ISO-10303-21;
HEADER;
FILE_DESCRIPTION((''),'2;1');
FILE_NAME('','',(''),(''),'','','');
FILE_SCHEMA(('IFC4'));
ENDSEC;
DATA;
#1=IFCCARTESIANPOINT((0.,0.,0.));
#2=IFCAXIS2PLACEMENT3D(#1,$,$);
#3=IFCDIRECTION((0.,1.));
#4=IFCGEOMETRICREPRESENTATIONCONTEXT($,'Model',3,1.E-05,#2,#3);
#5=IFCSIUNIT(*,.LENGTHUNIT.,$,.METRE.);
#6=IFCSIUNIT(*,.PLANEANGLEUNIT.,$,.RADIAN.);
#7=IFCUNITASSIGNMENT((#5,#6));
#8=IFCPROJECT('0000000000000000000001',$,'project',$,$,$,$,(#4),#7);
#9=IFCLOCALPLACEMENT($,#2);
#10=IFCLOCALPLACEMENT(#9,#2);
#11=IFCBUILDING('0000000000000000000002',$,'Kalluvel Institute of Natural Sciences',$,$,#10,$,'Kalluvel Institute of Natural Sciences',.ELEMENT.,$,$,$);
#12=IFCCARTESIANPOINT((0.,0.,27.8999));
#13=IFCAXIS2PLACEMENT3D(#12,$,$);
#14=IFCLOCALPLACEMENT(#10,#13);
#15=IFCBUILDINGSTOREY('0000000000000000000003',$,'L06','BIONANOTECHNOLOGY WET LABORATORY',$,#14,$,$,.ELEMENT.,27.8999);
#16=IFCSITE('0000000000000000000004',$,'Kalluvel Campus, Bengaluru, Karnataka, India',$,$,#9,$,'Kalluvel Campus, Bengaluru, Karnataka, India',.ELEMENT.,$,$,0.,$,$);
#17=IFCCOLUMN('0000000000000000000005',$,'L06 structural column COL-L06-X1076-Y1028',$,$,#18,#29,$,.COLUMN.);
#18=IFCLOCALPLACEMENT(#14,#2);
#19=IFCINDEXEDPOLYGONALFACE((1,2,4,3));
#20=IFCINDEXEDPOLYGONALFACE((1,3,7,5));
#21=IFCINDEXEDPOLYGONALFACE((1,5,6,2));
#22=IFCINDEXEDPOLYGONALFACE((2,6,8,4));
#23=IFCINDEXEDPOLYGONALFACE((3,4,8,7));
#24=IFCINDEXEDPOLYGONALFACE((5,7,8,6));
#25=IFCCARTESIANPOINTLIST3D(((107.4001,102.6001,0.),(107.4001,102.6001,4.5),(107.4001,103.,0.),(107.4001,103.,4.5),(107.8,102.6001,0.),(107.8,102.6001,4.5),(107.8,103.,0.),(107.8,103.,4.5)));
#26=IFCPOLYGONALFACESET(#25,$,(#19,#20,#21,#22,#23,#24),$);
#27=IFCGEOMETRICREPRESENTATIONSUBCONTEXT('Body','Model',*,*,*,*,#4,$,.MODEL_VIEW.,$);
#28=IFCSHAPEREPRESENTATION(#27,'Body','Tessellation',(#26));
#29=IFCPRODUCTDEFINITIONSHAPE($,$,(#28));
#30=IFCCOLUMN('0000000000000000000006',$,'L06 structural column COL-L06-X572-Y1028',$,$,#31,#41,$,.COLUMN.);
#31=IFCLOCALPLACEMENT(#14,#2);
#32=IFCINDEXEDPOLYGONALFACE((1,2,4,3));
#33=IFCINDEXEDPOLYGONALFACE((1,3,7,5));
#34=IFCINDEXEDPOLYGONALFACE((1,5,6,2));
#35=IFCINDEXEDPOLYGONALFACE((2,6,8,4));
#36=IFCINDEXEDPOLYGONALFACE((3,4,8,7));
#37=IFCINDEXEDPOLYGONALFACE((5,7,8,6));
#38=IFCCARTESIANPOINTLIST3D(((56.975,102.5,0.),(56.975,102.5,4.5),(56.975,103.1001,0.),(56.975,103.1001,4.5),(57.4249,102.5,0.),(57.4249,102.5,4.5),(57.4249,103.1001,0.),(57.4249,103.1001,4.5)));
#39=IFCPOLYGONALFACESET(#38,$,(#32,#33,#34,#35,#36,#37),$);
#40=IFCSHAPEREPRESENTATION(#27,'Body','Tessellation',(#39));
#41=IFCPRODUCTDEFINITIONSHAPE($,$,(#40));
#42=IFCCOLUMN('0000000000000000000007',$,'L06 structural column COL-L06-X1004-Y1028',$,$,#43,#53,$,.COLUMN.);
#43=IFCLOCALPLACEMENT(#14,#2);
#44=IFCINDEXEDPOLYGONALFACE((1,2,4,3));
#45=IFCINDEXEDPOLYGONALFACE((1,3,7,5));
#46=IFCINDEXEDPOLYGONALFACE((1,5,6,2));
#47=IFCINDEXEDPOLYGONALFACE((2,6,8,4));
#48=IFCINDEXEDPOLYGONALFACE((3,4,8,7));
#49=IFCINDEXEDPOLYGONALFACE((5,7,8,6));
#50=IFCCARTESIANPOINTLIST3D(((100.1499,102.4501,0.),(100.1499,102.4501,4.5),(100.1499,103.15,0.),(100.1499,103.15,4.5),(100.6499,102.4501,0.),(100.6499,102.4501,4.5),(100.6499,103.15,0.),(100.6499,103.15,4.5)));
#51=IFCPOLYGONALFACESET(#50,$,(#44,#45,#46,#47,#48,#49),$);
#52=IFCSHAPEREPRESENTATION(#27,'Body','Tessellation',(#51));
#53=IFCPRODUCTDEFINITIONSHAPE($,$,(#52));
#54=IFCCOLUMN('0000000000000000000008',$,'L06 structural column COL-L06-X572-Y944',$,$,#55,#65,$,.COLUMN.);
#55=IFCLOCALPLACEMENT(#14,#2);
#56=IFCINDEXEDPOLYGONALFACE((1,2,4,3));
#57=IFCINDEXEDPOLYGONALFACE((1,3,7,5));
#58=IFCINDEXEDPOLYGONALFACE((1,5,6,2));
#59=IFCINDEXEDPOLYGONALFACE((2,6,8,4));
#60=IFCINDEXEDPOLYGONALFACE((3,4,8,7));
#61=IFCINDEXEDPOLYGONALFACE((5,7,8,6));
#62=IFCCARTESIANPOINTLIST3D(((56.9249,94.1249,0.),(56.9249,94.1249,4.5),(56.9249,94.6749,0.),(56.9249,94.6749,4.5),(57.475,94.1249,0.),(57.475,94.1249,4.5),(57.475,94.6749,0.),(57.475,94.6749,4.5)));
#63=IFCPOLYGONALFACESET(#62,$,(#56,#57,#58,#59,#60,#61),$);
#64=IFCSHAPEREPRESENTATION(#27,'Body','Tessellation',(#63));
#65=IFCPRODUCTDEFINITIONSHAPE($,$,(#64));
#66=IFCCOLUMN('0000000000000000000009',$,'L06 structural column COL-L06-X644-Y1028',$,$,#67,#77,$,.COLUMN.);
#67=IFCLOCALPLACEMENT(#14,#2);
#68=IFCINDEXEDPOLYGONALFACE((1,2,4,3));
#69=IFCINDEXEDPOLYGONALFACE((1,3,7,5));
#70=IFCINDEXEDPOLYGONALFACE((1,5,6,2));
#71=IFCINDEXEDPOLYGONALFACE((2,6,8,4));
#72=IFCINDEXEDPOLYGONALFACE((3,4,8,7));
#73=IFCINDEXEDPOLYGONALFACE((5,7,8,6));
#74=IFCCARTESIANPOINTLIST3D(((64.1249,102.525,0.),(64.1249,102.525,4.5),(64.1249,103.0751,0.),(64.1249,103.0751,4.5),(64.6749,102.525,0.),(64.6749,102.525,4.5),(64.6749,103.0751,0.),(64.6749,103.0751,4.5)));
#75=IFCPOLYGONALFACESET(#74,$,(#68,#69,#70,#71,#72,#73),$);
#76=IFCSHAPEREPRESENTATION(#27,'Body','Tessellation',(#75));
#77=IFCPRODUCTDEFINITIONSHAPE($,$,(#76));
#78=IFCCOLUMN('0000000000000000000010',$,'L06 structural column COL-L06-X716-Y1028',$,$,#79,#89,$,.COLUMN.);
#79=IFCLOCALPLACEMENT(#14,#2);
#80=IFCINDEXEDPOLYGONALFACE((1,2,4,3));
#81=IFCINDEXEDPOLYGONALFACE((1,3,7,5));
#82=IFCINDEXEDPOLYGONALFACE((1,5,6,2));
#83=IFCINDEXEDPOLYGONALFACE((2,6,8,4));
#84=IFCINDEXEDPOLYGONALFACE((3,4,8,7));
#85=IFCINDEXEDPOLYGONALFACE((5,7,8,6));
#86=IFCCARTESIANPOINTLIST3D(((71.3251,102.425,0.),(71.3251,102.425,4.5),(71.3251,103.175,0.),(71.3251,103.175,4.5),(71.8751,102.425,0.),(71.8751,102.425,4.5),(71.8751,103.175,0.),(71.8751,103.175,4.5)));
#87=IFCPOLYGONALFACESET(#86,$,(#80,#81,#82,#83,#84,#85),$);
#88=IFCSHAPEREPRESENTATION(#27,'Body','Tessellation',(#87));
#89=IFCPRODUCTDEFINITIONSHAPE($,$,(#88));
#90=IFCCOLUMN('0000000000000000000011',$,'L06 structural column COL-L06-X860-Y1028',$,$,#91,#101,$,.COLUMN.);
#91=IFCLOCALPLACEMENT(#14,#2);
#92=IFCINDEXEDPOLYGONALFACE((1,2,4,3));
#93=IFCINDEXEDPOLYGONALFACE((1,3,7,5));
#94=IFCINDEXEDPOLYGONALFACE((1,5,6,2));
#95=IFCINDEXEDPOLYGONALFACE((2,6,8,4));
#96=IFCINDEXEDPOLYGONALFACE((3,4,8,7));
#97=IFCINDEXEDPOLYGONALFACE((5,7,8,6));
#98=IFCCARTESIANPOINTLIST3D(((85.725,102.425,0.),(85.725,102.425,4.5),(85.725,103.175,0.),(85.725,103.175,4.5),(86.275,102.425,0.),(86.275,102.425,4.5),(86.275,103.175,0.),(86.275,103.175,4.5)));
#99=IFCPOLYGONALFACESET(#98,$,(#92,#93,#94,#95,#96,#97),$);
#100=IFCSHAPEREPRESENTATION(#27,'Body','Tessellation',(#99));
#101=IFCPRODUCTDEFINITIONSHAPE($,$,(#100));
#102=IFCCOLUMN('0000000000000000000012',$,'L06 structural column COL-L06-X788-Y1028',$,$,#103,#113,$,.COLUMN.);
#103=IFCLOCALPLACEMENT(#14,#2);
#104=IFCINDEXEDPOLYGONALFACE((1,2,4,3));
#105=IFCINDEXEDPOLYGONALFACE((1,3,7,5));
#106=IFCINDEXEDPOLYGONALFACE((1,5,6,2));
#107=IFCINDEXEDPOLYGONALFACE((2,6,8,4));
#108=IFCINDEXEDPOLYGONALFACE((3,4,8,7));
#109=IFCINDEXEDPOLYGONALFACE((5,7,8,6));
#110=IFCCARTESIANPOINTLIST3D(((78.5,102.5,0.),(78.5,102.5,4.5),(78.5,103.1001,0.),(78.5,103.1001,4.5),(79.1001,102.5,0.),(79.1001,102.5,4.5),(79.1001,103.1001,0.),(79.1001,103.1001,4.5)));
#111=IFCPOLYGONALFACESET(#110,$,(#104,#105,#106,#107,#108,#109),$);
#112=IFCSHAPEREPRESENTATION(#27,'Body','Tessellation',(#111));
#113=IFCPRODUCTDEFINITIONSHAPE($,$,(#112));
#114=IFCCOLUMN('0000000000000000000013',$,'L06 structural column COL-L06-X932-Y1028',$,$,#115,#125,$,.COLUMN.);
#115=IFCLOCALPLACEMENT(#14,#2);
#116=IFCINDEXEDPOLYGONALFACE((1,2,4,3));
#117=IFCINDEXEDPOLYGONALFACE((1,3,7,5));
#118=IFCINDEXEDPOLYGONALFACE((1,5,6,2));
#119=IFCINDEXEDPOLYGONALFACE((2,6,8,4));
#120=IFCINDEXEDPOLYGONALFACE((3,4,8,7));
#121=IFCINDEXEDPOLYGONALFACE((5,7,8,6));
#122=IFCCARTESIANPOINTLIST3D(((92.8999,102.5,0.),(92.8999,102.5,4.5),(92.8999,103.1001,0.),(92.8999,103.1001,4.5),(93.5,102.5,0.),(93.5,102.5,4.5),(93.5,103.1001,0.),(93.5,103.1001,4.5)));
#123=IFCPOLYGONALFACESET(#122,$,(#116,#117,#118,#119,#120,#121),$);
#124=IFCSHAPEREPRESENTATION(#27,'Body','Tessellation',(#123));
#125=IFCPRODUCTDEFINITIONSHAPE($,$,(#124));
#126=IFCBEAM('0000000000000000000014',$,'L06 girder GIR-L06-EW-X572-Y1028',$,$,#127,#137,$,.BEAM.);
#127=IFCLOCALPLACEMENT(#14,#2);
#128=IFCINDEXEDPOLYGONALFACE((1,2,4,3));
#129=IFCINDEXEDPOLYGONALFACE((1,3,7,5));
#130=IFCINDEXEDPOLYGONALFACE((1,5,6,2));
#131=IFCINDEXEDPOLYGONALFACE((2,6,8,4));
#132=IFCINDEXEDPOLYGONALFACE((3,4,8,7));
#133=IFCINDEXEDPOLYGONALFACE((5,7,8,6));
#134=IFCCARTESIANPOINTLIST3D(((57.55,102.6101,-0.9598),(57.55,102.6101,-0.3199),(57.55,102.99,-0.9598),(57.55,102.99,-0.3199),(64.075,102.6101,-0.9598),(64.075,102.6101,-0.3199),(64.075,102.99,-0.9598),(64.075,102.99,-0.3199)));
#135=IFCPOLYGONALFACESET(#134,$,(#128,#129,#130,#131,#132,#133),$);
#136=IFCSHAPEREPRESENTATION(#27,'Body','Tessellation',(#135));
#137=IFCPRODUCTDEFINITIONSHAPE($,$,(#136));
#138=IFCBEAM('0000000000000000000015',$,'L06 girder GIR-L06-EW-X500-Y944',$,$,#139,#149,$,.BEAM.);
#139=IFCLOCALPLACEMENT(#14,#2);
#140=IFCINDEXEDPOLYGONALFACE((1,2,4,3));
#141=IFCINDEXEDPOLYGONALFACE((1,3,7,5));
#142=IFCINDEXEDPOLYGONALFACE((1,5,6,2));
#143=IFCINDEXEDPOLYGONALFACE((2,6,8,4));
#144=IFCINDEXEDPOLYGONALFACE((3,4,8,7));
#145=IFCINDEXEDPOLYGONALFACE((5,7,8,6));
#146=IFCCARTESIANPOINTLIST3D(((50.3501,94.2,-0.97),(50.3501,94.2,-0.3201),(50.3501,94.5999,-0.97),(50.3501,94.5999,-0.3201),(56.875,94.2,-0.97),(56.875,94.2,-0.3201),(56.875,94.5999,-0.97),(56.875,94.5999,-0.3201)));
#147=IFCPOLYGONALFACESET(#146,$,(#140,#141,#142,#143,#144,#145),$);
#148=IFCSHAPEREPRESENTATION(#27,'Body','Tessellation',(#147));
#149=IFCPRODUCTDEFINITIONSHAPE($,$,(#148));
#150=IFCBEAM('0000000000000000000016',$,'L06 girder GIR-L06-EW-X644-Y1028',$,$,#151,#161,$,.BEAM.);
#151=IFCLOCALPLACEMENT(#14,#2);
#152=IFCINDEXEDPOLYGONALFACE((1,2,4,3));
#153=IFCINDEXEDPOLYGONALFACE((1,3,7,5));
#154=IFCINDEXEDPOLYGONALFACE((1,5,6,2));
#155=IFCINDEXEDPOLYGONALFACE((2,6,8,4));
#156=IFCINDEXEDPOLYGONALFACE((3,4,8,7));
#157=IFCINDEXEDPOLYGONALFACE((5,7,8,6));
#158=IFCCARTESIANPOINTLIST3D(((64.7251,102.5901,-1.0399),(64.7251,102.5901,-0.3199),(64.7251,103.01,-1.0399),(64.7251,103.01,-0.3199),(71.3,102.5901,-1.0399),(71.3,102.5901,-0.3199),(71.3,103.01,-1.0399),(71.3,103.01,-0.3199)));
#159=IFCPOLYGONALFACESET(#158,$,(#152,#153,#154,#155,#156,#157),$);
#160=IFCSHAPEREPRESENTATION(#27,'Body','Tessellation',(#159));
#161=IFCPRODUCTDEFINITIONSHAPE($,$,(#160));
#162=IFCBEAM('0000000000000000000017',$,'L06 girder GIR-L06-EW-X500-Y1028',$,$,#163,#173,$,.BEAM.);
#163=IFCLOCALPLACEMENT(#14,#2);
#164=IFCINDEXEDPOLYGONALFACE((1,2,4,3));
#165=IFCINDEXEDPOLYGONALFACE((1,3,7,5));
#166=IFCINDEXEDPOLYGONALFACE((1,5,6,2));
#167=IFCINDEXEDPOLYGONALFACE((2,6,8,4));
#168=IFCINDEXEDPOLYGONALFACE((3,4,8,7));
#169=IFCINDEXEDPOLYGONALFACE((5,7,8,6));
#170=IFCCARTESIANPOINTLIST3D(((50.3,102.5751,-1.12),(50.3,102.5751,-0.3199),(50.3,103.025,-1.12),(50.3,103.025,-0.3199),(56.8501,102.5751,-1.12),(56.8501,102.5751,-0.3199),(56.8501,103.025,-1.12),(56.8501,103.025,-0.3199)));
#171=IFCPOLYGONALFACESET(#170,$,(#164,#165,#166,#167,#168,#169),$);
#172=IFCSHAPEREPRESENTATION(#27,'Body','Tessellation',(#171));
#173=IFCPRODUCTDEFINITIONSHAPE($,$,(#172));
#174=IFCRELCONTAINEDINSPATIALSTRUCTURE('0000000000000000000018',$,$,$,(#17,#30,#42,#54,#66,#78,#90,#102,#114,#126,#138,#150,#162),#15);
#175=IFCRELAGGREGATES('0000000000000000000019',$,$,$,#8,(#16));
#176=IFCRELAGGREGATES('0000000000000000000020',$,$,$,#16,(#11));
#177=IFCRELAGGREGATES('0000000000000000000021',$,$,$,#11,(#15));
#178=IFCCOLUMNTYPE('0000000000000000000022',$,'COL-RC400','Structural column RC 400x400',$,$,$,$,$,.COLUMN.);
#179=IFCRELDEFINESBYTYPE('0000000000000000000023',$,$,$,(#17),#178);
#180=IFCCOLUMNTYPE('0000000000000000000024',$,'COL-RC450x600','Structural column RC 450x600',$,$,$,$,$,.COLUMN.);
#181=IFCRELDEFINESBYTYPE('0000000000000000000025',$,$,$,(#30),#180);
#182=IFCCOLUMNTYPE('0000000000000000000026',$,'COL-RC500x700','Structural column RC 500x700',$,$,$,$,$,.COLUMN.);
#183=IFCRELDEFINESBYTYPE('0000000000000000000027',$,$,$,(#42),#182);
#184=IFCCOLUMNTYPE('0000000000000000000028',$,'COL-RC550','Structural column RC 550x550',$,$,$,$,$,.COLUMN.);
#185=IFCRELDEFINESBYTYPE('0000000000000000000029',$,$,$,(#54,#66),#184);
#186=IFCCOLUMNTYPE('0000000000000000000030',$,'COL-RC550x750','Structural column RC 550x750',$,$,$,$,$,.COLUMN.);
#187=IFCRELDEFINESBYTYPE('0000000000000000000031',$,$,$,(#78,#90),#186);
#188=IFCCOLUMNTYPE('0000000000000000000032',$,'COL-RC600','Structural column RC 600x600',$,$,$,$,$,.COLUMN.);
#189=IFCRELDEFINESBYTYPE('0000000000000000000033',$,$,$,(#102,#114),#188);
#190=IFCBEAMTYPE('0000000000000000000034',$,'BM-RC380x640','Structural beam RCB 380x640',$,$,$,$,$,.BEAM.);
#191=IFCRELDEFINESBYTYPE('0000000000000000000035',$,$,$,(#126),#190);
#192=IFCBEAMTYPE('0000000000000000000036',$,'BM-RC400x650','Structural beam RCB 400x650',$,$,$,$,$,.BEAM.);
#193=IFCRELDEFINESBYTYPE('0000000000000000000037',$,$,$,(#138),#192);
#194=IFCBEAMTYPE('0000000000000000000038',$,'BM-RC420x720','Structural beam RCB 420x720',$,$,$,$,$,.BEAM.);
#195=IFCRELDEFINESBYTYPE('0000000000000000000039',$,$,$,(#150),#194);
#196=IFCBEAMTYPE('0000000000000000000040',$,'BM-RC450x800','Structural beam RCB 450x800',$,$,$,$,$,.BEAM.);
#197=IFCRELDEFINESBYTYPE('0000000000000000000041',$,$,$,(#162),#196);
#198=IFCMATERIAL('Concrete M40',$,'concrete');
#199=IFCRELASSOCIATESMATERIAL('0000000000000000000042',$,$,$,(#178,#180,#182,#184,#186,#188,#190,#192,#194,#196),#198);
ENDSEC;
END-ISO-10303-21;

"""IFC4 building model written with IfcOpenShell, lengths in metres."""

from ifc_helpers import new_model, si_unit, direction, frame, origin, origin_2d, place, context, subcontext, project, spatial, rectangle, extrude, material, material_profile, profile_set, type_object, element, save


model = new_model("IFC4")

# Units and contexts
model_context = context("Model", 3, precision=1e-05, world=origin(), true_north=direction((0.0, 1.0)))
body_context = subcontext(model_context, "Body", "Model", "MODEL_VIEW")
ifc_project = project(units=[si_unit("LENGTHUNIT", "METRE"), si_unit("PLANEANGLEUNIT", "RADIAN")], contexts=[model_context])

# Site, building, storey
site_placement = place(None, origin())
site = spatial("IfcSite", under=ifc_project, at=site_placement, Name="Kalluvel Campus, Bengaluru, Karnataka, India", LongName="Kalluvel Campus, Bengaluru, Karnataka, India", CompositionType="ELEMENT", RefElevation=0.0)
building_placement = place(site_placement, origin())
building = spatial("IfcBuilding", under=site, at=building_placement, Name="Kalluvel Institute of Natural Sciences", LongName="Kalluvel Institute of Natural Sciences", CompositionType="ELEMENT")
storey_placement = place(building_placement, frame((0.0, 0.0, 27.8999)))
storey = spatial("IfcBuildingStorey", under=building, at=storey_placement, Name="L06", Description="BIONANOTECHNOLOGY WET LABORATORY", CompositionType="ELEMENT", Elevation=27.8999)

# Columns
ifc_material_1 = material(Name="Concrete M40", Category="concrete")
ifc_material_profile_1 = material_profile(ifc_material_1, rectangle(XDim=0.3999, YDim=0.3999, at=origin_2d()), Name="RC 400x400")
ifc_profile_set_1 = profile_set([ifc_material_profile_1], Name="Concrete M40")
column_type_1 = type_object("IfcColumnType", Name="COL-RC400", Description="Structural column RC 400x400", PredefinedType="COLUMN", material=ifc_profile_set_1)
column_1_placement = place(storey_placement, frame((107.6001, 102.8, 0.0), z_axis=(0.0, 0.0, 1.0), x_axis=(1.0, 0.0, 0.0)))
element("IfcColumn", 1, at=column_1_placement, inside=storey, type_object=column_type_1, Name="L06 structural column COL-L06-X1076-Y1028", PredefinedType="COLUMN", context=body_context, shape_type="SweptSolid", body=[
    extrude(rectangle(XDim=0.3999, YDim=0.3999, at=origin_2d()), origin(), (0.0, 0.0, 1.0), 4.5),
])
ifc_material_profile_2 = material_profile(ifc_material_1, rectangle(XDim=0.45, YDim=0.6001, at=origin_2d()), Name="RC 450x600")
ifc_profile_set_2 = profile_set([ifc_material_profile_2], Name="Concrete M40")
column_type_2 = type_object("IfcColumnType", Name="COL-RC450x600", Description="Structural column RC 450x600", PredefinedType="COLUMN", material=ifc_profile_set_2)
column_2_placement = place(storey_placement, frame((57.2, 102.8, 0.0), z_axis=(0.0, 0.0, 1.0), x_axis=(1.0, 0.0, 0.0)))
element("IfcColumn", 2, at=column_2_placement, inside=storey, type_object=column_type_2, Name="L06 structural column COL-L06-X572-Y1028", PredefinedType="COLUMN", context=body_context, shape_type="SweptSolid", body=[
    extrude(rectangle(XDim=0.45, YDim=0.6001, at=origin_2d()), origin(), (0.0, 0.0, 1.0), 4.5),
])
ifc_material_profile_3 = material_profile(ifc_material_1, rectangle(XDim=0.5, YDim=0.7, at=origin_2d()), Name="RC 500x700")
ifc_profile_set_3 = profile_set([ifc_material_profile_3], Name="Concrete M40")
column_type_3 = type_object("IfcColumnType", Name="COL-RC500x700", Description="Structural column RC 500x700", PredefinedType="COLUMN", material=ifc_profile_set_3)
column_3_placement = place(storey_placement, frame((100.3999, 102.8, 0.0), z_axis=(0.0, 0.0, 1.0), x_axis=(1.0, 0.0, 0.0)))
element("IfcColumn", 3, at=column_3_placement, inside=storey, type_object=column_type_3, Name="L06 structural column COL-L06-X1004-Y1028", PredefinedType="COLUMN", context=body_context, shape_type="SweptSolid", body=[
    extrude(rectangle(XDim=0.5, YDim=0.7, at=origin_2d()), origin(), (0.0, 0.0, 1.0), 4.5),
])
ifc_material_profile_4 = material_profile(ifc_material_1, rectangle(XDim=0.55, YDim=0.55, at=origin_2d()), Name="RC 550x550")
ifc_profile_set_4 = profile_set([ifc_material_profile_4], Name="Concrete M40")
column_type_4 = type_object("IfcColumnType", Name="COL-RC550", Description="Structural column RC 550x550", PredefinedType="COLUMN", material=ifc_profile_set_4)
for number, where, z_axis, x_axis, name in (
    (4, (57.2, 94.3999, 0.0), (0.0, 0.0, 1.0), (1.0, 0.0, 0.0), "L06 structural column COL-L06-X572-Y944"),
    (5, (64.3999, 102.8, 0.0), (0.0, 0.0, 1.0), (1.0, 0.0, 0.0), "L06 structural column COL-L06-X644-Y1028"),
):
    element("IfcColumn", number, at=place(storey_placement, frame(where, z_axis=z_axis, x_axis=x_axis)), inside=storey, type_object=column_type_4, Name=name, PredefinedType="COLUMN", context=body_context, shape_type="SweptSolid", body=[
        extrude(rectangle(XDim=0.55, YDim=0.55, at=origin_2d()), origin(), (0.0, 0.0, 1.0), 4.5),
    ])
ifc_material_profile_5 = material_profile(ifc_material_1, rectangle(XDim=0.55, YDim=0.75, at=origin_2d()), Name="RC 550x750")
ifc_profile_set_5 = profile_set([ifc_material_profile_5], Name="Concrete M40")
column_type_5 = type_object("IfcColumnType", Name="COL-RC550x750", Description="Structural column RC 550x750", PredefinedType="COLUMN", material=ifc_profile_set_5)
for number, where, z_axis, x_axis, name in (
    (6, (71.6001, 102.8, 0.0), (0.0, 0.0, 1.0), (1.0, 0.0, 0.0), "L06 structural column COL-L06-X716-Y1028"),
    (7, (86.0, 102.8, 0.0), (0.0, 0.0, 1.0), (1.0, 0.0, 0.0), "L06 structural column COL-L06-X860-Y1028"),
):
    element("IfcColumn", number, at=place(storey_placement, frame(where, z_axis=z_axis, x_axis=x_axis)), inside=storey, type_object=column_type_5, Name=name, PredefinedType="COLUMN", context=body_context, shape_type="SweptSolid", body=[
        extrude(rectangle(XDim=0.55, YDim=0.75, at=origin_2d()), origin(), (0.0, 0.0, 1.0), 4.5),
    ])
ifc_material_profile_6 = material_profile(ifc_material_1, rectangle(XDim=0.6001, YDim=0.6001, at=origin_2d()), Name="RC 600x600")
ifc_profile_set_6 = profile_set([ifc_material_profile_6], Name="Concrete M40")
column_type_6 = type_object("IfcColumnType", Name="COL-RC600", Description="Structural column RC 600x600", PredefinedType="COLUMN", material=ifc_profile_set_6)
for number, where, z_axis, x_axis, name in (
    (8, (78.8, 102.8, 0.0), (0.0, 0.0, 1.0), (1.0, 0.0, 0.0), "L06 structural column COL-L06-X788-Y1028"),
    (9, (93.2, 102.8, 0.0), (0.0, 0.0, 1.0), (1.0, 0.0, 0.0), "L06 structural column COL-L06-X932-Y1028"),
):
    element("IfcColumn", number, at=place(storey_placement, frame(where, z_axis=z_axis, x_axis=x_axis)), inside=storey, type_object=column_type_6, Name=name, PredefinedType="COLUMN", context=body_context, shape_type="SweptSolid", body=[
        extrude(rectangle(XDim=0.6001, YDim=0.6001, at=origin_2d()), origin(), (0.0, 0.0, 1.0), 4.5),
    ])

# Beams
ifc_material_profile_7 = material_profile(ifc_material_1, rectangle(XDim=0.3799, YDim=0.6399, at=origin_2d()), Name="RCB 380x640")
ifc_profile_set_7 = profile_set([ifc_material_profile_7], Name="Concrete M40")
beam_type_1 = type_object("IfcBeamType", Name="BM-RC380x640", Description="Structural beam RCB 380x640", PredefinedType="BEAM", material=ifc_profile_set_7)
beam_1_placement = place(storey_placement, frame((57.55, 102.8, -0.6399), z_axis=(1.0, 0.0, 0.0), x_axis=(0.0, 1.0, 0.0)))
element("IfcBeam", 10, at=beam_1_placement, inside=storey, type_object=beam_type_1, Name="L06 girder GIR-L06-EW-X572-Y1028", PredefinedType="BEAM", context=body_context, shape_type="SweptSolid", body=[
    extrude(rectangle(XDim=0.3799, YDim=0.6399, at=origin_2d()), origin(), (0.0, 0.0, 1.0), 6.5249),
])
ifc_material_profile_8 = material_profile(ifc_material_1, rectangle(XDim=0.3999, YDim=0.6499, at=origin_2d()), Name="RCB 400x650")
ifc_profile_set_8 = profile_set([ifc_material_profile_8], Name="Concrete M40")
beam_type_2 = type_object("IfcBeamType", Name="BM-RC400x650", Description="Structural beam RCB 400x650", PredefinedType="BEAM", material=ifc_profile_set_8)
beam_2_placement = place(storey_placement, frame((50.3501, 94.3999, -0.645), z_axis=(1.0, 0.0, 0.0), x_axis=(0.0, 1.0, 0.0)))
element("IfcBeam", 11, at=beam_2_placement, inside=storey, type_object=beam_type_2, Name="L06 girder GIR-L06-EW-X500-Y944", PredefinedType="BEAM", context=body_context, shape_type="SweptSolid", body=[
    extrude(rectangle(XDim=0.3999, YDim=0.6499, at=origin_2d()), origin(), (0.0, 0.0, 1.0), 6.5249),
])
ifc_material_profile_9 = material_profile(ifc_material_1, rectangle(XDim=0.4199, YDim=0.72, at=origin_2d()), Name="RCB 420x720")
ifc_profile_set_9 = profile_set([ifc_material_profile_9], Name="Concrete M40")
beam_type_3 = type_object("IfcBeamType", Name="BM-RC420x720", Description="Structural beam RCB 420x720", PredefinedType="BEAM", material=ifc_profile_set_9)
beam_3_placement = place(storey_placement, frame((64.7251, 102.8, -0.6799), z_axis=(1.0, 0.0, 0.0), x_axis=(0.0, 1.0, 0.0)))
element("IfcBeam", 12, at=beam_3_placement, inside=storey, type_object=beam_type_3, Name="L06 girder GIR-L06-EW-X644-Y1028", PredefinedType="BEAM", context=body_context, shape_type="SweptSolid", body=[
    extrude(rectangle(XDim=0.4199, YDim=0.72, at=origin_2d()), origin(), (0.0, 0.0, 1.0), 6.575),
])
ifc_material_profile_10 = material_profile(ifc_material_1, rectangle(XDim=0.45, YDim=0.8, at=origin_2d()), Name="RCB 450x800")
ifc_profile_set_10 = profile_set([ifc_material_profile_10], Name="Concrete M40")
beam_type_4 = type_object("IfcBeamType", Name="BM-RC450x800", Description="Structural beam RCB 450x800", PredefinedType="BEAM", material=ifc_profile_set_10)
beam_4_placement = place(storey_placement, frame((50.3, 102.8, -0.72), z_axis=(1.0, 0.0, 0.0), x_axis=(0.0, 1.0, 0.0)))
element("IfcBeam", 13, at=beam_4_placement, inside=storey, type_object=beam_type_4, Name="L06 girder GIR-L06-EW-X500-Y1028", PredefinedType="BEAM", context=body_context, shape_type="SweptSolid", body=[
    extrude(rectangle(XDim=0.45, YDim=0.8, at=origin_2d()), origin(), (0.0, 0.0, 1.0), 6.55),
])

save(model, "model.ifc")
